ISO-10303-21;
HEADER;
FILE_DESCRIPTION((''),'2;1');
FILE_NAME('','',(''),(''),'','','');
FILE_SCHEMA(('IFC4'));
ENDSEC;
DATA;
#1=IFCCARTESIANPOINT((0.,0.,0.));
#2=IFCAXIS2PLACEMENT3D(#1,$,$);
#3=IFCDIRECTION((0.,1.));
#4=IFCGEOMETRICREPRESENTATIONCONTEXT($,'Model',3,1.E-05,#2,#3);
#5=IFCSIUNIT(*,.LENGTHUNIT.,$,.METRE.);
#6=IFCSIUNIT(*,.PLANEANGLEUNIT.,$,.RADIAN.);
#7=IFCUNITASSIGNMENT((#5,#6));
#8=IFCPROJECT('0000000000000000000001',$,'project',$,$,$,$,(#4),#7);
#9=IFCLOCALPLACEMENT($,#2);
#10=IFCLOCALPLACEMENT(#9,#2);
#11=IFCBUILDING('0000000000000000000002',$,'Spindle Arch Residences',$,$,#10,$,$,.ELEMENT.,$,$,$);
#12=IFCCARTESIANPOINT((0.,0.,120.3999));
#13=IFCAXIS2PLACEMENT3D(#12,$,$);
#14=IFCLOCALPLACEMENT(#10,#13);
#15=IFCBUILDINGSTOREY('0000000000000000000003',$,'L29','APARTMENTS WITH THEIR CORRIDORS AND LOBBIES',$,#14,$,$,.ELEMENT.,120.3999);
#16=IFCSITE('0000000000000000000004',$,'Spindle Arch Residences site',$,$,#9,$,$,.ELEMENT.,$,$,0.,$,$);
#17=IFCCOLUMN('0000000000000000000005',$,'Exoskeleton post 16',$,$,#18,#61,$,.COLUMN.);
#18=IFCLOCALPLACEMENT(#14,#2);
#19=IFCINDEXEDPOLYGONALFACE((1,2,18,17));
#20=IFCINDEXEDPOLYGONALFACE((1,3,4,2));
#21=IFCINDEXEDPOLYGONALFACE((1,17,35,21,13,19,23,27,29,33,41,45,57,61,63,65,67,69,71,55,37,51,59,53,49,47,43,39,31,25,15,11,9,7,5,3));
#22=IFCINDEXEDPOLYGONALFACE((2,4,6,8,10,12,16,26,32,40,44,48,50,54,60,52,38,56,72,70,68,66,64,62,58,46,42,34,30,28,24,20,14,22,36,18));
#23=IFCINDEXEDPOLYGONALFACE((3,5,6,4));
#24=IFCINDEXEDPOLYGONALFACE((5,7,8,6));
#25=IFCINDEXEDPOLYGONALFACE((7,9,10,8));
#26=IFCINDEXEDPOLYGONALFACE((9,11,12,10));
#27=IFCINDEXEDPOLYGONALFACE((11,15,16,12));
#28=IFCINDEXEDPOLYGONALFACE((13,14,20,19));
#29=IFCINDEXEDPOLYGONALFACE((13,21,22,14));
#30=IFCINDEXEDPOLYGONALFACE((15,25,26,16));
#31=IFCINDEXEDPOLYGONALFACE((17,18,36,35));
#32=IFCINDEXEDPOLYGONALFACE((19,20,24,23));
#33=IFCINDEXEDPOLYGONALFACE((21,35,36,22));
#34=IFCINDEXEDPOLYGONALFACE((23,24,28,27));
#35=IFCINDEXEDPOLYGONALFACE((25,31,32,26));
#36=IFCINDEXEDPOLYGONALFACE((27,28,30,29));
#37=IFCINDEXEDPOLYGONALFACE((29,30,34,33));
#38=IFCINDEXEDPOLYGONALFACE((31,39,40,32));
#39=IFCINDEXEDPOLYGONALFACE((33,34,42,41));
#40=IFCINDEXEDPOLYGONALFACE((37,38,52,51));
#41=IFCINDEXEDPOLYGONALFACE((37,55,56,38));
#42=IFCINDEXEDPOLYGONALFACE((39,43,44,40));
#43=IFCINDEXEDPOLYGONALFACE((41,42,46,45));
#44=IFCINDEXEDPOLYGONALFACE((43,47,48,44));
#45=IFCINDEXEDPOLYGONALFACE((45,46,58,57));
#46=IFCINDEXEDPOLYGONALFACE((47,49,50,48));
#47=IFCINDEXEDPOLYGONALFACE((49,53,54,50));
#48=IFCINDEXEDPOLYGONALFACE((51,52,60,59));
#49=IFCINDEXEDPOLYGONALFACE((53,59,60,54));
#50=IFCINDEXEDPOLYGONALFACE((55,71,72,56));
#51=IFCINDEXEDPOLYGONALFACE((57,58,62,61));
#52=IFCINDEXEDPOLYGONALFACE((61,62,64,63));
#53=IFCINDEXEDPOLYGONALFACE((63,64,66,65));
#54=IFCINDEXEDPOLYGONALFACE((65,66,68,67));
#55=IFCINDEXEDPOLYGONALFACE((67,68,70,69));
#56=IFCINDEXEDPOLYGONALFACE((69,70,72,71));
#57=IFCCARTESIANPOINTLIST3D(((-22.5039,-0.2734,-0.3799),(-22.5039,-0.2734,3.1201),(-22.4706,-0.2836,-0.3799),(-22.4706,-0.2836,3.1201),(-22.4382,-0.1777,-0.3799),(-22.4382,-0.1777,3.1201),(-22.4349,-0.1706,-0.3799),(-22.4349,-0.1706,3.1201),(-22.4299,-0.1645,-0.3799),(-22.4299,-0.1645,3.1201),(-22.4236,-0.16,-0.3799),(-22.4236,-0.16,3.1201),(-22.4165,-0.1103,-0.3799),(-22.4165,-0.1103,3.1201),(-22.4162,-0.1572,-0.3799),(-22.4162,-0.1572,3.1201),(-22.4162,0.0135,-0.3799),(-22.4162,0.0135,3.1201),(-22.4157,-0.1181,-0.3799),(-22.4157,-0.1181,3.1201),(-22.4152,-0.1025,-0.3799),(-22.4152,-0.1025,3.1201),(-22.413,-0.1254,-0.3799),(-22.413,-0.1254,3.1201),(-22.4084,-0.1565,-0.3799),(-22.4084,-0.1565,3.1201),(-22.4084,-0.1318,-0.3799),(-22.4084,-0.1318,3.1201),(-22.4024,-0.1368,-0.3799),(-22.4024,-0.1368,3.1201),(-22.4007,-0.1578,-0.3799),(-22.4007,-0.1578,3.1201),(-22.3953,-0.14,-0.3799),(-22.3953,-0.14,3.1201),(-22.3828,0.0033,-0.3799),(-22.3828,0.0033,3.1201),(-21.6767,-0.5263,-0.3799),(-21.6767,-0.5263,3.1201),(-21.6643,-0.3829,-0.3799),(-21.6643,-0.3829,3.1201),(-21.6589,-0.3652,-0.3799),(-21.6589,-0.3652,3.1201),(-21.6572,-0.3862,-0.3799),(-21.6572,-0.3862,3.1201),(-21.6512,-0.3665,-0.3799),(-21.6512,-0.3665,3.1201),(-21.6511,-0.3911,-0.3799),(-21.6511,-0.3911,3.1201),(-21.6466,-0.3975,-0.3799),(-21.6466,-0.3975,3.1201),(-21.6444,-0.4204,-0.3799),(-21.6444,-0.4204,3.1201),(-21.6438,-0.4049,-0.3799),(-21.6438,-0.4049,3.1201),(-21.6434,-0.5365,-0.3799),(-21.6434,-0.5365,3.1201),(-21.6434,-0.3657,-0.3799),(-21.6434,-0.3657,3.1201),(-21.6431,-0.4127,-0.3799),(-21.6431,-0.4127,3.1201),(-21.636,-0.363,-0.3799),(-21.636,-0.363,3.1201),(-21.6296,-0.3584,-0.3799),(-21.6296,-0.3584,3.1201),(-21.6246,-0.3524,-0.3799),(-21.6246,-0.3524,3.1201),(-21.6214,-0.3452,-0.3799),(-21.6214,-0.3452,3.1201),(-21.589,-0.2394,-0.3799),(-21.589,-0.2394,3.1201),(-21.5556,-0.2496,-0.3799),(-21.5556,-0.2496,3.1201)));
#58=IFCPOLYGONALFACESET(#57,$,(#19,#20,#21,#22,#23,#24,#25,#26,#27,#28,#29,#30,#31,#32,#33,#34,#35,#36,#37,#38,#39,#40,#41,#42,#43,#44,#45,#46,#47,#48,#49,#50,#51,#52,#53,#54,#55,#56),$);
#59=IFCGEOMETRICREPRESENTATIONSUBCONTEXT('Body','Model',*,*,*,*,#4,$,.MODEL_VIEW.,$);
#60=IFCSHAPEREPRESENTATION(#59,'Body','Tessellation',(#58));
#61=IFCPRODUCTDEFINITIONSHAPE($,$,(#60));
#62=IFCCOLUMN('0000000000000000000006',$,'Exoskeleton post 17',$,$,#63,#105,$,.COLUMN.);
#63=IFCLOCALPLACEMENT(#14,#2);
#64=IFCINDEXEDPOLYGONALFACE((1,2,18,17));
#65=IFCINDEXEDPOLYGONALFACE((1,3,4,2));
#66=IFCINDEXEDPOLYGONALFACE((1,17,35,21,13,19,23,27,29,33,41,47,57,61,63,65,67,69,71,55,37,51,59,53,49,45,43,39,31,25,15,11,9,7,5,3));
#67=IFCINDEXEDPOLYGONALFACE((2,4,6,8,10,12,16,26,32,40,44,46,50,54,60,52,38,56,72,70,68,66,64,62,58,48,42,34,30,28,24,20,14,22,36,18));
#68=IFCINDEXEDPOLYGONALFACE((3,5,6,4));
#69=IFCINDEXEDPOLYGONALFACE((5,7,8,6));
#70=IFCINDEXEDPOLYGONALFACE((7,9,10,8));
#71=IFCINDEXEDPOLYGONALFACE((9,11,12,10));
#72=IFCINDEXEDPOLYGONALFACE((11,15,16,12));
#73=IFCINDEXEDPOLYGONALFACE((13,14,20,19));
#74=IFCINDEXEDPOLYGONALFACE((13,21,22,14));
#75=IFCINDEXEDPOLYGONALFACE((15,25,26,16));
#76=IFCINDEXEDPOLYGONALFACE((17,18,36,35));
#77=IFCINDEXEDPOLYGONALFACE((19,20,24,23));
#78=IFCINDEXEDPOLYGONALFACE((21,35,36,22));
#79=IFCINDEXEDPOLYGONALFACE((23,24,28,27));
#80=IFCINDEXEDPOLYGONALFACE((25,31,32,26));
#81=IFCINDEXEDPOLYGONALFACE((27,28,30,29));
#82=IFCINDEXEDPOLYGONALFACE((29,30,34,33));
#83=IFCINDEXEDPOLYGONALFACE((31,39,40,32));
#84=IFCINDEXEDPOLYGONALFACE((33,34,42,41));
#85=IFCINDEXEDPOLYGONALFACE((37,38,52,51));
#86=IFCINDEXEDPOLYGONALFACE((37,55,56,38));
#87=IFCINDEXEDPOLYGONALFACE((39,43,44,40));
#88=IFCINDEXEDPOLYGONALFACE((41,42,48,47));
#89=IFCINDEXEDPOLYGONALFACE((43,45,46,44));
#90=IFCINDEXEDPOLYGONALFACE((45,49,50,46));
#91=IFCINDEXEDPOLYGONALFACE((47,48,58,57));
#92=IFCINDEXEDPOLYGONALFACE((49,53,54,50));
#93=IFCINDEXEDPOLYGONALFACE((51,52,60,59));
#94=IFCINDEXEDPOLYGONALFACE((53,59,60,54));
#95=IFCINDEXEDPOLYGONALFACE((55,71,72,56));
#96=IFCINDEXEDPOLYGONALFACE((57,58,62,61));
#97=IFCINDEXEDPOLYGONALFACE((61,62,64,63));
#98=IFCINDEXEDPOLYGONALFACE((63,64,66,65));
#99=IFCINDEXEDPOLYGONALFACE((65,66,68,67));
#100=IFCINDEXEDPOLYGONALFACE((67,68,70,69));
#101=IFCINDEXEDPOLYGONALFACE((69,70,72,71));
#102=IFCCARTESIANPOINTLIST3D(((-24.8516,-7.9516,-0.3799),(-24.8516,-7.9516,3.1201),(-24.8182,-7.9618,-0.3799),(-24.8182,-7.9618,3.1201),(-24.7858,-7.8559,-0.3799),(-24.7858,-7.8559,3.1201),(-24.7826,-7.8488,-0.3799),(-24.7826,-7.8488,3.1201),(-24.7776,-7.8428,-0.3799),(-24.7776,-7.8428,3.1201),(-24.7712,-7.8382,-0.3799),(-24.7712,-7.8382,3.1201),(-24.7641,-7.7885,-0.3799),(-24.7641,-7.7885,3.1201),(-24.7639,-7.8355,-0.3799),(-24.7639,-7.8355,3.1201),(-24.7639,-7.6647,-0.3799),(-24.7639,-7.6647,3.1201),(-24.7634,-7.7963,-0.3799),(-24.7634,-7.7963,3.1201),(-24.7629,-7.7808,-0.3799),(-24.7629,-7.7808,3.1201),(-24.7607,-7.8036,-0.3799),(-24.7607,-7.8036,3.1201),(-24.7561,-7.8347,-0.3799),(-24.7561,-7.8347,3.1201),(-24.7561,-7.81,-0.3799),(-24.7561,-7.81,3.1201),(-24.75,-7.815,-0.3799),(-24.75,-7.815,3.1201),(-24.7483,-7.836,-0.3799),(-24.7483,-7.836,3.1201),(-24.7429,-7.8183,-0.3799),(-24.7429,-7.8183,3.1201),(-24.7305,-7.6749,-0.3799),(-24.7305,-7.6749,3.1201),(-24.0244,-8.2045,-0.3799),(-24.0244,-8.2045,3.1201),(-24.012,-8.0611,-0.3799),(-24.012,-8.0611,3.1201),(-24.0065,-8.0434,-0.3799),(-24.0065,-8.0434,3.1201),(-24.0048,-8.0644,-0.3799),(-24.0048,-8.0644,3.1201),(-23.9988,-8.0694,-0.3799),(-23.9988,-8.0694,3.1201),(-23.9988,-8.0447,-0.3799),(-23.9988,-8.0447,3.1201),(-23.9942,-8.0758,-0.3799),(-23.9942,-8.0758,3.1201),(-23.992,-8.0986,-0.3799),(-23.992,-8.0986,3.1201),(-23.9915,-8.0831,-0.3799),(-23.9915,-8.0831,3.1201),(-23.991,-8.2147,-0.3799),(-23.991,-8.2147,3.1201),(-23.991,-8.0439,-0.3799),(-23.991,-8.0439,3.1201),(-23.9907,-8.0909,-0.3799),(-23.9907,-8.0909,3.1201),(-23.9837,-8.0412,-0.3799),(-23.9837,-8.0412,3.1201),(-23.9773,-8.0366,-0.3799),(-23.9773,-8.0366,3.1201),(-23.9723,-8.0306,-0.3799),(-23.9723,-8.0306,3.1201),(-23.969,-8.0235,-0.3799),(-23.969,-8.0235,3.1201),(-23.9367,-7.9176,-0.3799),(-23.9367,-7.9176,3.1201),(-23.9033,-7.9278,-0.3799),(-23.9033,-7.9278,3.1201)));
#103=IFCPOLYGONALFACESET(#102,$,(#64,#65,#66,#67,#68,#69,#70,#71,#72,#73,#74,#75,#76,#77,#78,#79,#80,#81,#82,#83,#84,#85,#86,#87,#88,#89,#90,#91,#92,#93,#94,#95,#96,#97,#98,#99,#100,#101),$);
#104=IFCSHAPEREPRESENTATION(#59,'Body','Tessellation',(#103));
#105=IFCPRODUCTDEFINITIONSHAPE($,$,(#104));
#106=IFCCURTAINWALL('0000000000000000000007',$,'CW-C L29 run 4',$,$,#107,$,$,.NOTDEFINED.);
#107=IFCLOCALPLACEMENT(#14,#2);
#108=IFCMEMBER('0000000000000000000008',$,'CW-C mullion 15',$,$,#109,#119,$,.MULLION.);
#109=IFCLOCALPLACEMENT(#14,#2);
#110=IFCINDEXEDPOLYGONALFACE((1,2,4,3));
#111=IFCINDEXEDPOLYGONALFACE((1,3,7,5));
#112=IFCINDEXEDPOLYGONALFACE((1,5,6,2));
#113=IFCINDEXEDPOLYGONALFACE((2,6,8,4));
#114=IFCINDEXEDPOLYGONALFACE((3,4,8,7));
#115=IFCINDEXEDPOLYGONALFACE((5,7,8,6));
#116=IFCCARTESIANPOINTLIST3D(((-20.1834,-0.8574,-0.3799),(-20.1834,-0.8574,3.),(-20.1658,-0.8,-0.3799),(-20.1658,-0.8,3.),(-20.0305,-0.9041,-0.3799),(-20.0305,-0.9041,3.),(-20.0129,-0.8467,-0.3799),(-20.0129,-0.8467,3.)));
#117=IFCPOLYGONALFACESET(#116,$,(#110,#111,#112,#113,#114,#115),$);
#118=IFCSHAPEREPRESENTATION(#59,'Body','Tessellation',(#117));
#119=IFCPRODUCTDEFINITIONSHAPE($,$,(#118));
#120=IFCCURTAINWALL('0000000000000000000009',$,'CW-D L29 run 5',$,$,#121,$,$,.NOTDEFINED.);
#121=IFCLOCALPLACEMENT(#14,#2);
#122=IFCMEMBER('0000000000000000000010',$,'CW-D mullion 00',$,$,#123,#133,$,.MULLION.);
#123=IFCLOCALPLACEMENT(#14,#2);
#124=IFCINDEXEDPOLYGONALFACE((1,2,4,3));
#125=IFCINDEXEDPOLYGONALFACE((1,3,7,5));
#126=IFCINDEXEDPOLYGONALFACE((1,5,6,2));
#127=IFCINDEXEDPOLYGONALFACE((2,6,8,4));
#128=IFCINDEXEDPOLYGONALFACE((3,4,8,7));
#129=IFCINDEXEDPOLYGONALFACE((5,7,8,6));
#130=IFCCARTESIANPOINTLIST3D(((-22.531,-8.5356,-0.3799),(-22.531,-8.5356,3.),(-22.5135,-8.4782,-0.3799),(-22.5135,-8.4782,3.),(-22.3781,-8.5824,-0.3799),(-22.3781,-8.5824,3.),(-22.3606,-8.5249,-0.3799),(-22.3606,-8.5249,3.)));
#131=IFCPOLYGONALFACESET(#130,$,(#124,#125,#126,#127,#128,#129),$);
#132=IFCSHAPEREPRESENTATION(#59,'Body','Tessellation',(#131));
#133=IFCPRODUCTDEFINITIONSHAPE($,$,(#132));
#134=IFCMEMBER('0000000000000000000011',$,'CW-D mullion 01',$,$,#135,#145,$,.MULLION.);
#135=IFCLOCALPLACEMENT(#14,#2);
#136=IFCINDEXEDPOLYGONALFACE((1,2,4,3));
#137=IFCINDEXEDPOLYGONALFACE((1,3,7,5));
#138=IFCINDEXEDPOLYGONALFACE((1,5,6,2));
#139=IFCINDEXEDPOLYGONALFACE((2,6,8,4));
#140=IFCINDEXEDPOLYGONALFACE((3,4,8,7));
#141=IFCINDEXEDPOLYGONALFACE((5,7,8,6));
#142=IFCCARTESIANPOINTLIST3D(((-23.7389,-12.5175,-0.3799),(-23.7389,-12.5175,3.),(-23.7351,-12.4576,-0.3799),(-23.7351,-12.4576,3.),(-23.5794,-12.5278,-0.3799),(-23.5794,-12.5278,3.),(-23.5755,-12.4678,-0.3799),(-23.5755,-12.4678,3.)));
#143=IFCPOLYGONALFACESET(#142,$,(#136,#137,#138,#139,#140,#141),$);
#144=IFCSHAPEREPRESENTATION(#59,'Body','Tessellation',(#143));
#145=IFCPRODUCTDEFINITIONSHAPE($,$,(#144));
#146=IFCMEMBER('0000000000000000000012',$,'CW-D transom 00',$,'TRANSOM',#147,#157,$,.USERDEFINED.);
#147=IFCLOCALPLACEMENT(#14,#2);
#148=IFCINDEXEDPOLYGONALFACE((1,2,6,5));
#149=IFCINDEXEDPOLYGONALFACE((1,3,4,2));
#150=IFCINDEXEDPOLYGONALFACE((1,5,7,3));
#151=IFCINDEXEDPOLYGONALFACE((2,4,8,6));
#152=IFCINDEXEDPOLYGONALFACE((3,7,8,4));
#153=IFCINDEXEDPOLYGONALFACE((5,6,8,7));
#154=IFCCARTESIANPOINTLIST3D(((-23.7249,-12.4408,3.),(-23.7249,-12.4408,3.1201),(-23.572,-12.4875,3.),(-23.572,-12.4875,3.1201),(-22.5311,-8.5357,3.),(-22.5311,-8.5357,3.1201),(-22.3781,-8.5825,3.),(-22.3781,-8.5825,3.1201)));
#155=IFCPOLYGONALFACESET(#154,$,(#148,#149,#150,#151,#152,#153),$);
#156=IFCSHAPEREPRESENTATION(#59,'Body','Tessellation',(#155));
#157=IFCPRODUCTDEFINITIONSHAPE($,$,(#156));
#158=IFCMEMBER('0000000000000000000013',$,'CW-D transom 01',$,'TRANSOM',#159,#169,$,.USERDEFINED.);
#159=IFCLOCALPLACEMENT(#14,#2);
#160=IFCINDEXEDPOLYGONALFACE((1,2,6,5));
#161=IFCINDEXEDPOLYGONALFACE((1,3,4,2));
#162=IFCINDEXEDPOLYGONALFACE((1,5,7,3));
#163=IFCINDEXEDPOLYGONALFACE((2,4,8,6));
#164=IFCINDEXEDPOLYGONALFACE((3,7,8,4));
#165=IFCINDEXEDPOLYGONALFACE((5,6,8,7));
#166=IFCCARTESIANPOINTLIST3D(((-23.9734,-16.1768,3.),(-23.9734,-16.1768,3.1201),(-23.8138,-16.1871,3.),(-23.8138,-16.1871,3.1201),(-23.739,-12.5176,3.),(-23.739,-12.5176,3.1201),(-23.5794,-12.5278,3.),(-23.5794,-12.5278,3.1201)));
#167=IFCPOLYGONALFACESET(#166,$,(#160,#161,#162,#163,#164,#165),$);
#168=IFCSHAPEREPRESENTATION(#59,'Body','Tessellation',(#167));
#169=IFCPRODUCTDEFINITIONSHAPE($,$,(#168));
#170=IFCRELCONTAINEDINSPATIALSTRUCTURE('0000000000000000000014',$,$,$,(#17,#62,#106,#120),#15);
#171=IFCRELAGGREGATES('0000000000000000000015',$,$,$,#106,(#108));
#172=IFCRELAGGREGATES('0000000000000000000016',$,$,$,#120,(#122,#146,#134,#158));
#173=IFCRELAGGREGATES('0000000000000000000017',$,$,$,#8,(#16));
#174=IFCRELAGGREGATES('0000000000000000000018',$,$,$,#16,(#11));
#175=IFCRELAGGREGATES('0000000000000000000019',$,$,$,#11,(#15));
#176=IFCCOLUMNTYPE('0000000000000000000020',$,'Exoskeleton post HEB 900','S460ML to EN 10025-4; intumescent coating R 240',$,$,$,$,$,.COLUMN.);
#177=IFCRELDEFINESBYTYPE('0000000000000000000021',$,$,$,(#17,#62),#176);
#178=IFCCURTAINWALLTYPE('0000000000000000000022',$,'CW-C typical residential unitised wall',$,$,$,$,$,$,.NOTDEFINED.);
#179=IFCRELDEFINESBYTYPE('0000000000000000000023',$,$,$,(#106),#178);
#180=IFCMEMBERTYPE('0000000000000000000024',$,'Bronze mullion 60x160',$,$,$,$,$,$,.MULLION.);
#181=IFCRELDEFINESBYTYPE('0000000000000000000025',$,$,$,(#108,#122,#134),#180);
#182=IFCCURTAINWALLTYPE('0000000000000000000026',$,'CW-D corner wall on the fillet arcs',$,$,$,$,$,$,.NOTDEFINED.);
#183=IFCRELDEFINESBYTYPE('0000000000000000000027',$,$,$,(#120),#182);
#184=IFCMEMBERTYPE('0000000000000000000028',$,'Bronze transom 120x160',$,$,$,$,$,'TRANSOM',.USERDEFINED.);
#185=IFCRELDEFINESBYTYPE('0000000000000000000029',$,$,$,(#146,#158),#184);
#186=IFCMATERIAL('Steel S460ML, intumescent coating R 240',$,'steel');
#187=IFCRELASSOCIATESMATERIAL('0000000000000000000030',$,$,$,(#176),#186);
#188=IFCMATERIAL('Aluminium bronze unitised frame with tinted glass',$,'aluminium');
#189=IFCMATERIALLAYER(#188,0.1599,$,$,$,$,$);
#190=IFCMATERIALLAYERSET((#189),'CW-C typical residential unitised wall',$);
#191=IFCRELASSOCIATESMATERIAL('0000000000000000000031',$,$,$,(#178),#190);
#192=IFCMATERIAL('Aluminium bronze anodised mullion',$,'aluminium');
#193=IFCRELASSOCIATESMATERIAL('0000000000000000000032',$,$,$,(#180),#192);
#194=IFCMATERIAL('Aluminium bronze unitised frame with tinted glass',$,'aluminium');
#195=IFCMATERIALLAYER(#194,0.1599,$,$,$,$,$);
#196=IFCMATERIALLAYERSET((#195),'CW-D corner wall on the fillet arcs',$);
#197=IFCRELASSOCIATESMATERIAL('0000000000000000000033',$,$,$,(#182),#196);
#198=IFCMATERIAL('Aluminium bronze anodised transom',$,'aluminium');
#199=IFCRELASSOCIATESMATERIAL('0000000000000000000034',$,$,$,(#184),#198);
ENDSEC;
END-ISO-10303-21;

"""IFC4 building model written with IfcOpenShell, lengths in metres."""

from ifc_helpers import new_model, si_unit, direction, frame, origin, origin_2d, place, context, subcontext, project, spatial, rectangle, i_section, extrude, material, layer, layer_set, material_profile, profile_set, type_object, element, aggregate, save


model = new_model("IFC4")

# Units and contexts
model_context = context("Model", 3, precision=1e-05, world=origin(), true_north=direction((0.0, 1.0)))
body_context = subcontext(model_context, "Body", "Model", "MODEL_VIEW")
ifc_project = project(units=[si_unit("LENGTHUNIT", "METRE"), si_unit("PLANEANGLEUNIT", "RADIAN")], contexts=[model_context])

# Site, building, storey
site_placement = place(None, origin())
site = spatial("IfcSite", under=ifc_project, at=site_placement, Name="Spindle Arch Residences site", CompositionType="ELEMENT", RefElevation=0.0)
building_placement = place(site_placement, origin())
building = spatial("IfcBuilding", under=site, at=building_placement, Name="Spindle Arch Residences", CompositionType="ELEMENT")
storey_placement = place(building_placement, frame((0.0, 0.0, 120.3999)))
storey = spatial("IfcBuildingStorey", under=building, at=storey_placement, Name="L29", Description="APARTMENTS WITH THEIR CORRIDORS AND LOBBIES", CompositionType="ELEMENT", Elevation=120.3999)

# Columns
ifc_material_1 = material(Name="Steel S460ML, intumescent coating R 240", Category="steel")
ifc_material_profile_1 = material_profile(ifc_material_1, i_section(OverallWidth=0.3, OverallDepth=0.8999, WebThickness=0.0186, FlangeThickness=0.0349, FilletRadius=0.03, at=origin_2d()), Name="HEB 900")
ifc_profile_set_1 = profile_set([ifc_material_profile_1], Name="Steel S460ML, intumescent coating R 240")
column_type = type_object("IfcColumnType", Name="Exoskeleton post HEB 900", Description="S460ML to EN 10025-4; intumescent coating R 240", PredefinedType="COLUMN", material=ifc_profile_set_1)
for number, where, z_axis, x_axis, name in (
    (1, (-22.0298, -0.2615, -0.3799), (0.0, 0.0, 1.0), (0.292372, 0.956305, 0.0), "Exoskeleton post 16"),
    (2, (-24.3774, -7.9397, -0.3799), (0.0, 0.0, 1.0), (0.292372, 0.956305, 0.0), "Exoskeleton post 17"),
):
    element("IfcColumn", number, at=place(storey_placement, frame(where, z_axis=z_axis, x_axis=x_axis)), inside=storey, type_object=column_type, Name=name, PredefinedType="COLUMN", context=body_context, shape_type="SweptSolid", body=[
        extrude(i_section(OverallWidth=0.3, OverallDepth=0.8999, WebThickness=0.0186, FlangeThickness=0.0349, FilletRadius=0.03, at=origin_2d()), origin(), (0.0, 0.0, 1.0), 3.5),
    ])

# Curtain wall, member
ifc_material_2 = material(Name="Aluminium bronze unitised frame with tinted glass", Category="aluminium")
ifc_layer_1 = layer(ifc_material_2, 0.1599)
ifc_layer_set_1 = layer_set([ifc_layer_1], Name="CW-C typical residential unitised wall")
curtain_wall_type_1 = type_object("IfcCurtainWallType", Name="CW-C typical residential unitised wall", PredefinedType="NOTDEFINED", material=ifc_layer_set_1)
curtain_wall_1_placement = place(storey_placement, origin())
curtain_wall_1 = element("IfcCurtainWall", 3, at=curtain_wall_1_placement, inside=storey, type_object=curtain_wall_type_1, Name="CW-C L29 run 4", PredefinedType="NOTDEFINED")
ifc_material_3 = material(Name="Aluminium bronze anodised mullion", Category="aluminium")
ifc_material_profile_2 = material_profile(ifc_material_3, rectangle(XDim=0.1599, YDim=0.0601, at=origin_2d()), Name="MU 60x160")
ifc_profile_set_2 = profile_set([ifc_material_profile_2], Name="Aluminium bronze anodised mullion")
member_type_1 = type_object("IfcMemberType", Name="Bronze mullion 60x160", PredefinedType="MULLION", material=ifc_profile_set_2)
member_1_placement = place(storey_placement, frame((-20.0981, -0.8521, -0.3799), z_axis=(0.0, 0.0, 1.0), x_axis=(0.956305, -0.292372, 0.0)))
member_1 = element("IfcMember", 4, at=member_1_placement, type_object=member_type_1, Name="CW-C mullion 15", PredefinedType="MULLION", context=body_context, shape_type="SweptSolid", body=[
    extrude(rectangle(XDim=0.1599, YDim=0.0601, at=origin_2d()), origin(), (0.0, 0.0, 1.0), 3.3799),
])

# Curtain wall, members
ifc_material_4 = material(Name="Aluminium bronze unitised frame with tinted glass", Category="aluminium")
ifc_layer_2 = layer(ifc_material_4, 0.1599)
ifc_layer_set_2 = layer_set([ifc_layer_2], Name="CW-D corner wall on the fillet arcs")
curtain_wall_type_2 = type_object("IfcCurtainWallType", Name="CW-D corner wall on the fillet arcs", PredefinedType="NOTDEFINED", material=ifc_layer_set_2)
curtain_wall_2_placement = place(storey_placement, origin())
curtain_wall_2 = element("IfcCurtainWall", 5, at=curtain_wall_2_placement, inside=storey, type_object=curtain_wall_type_2, Name="CW-D L29 run 5", PredefinedType="NOTDEFINED")
member_2_placement = place(storey_placement, frame((-22.4458, -8.5303, -0.3799), z_axis=(0.0, 0.0, 1.0), x_axis=(0.956305, -0.292372, 0.0)))
member_2 = element("IfcMember", 6, at=member_2_placement, type_object=member_type_1, Name="CW-D mullion 00", PredefinedType="MULLION", context=body_context, shape_type="SweptSolid", body=[
    extrude(rectangle(XDim=0.1599, YDim=0.0601, at=origin_2d()), origin(), (0.0, 0.0, 1.0), 3.3799),
])
member_3_placement = place(storey_placement, frame((-23.6572, -12.4927, -0.3799), z_axis=(0.0, 0.0, 1.0), x_axis=(0.997953, -0.063952, 0.0)))
member_3 = element("IfcMember", 7, at=member_3_placement, type_object=member_type_1, Name="CW-D mullion 01", PredefinedType="MULLION", context=body_context, shape_type="SweptSolid", body=[
    extrude(rectangle(XDim=0.1599, YDim=0.0601, at=origin_2d()), origin(), (0.0, 0.0, 1.0), 3.3799),
])
ifc_material_5 = material(Name="Aluminium bronze anodised transom", Category="aluminium")
ifc_material_profile_3 = material_profile(ifc_material_5, rectangle(XDim=0.1599, YDim=0.1201, at=origin_2d()), Name="TR 120x160")
ifc_profile_set_3 = profile_set([ifc_material_profile_3], Name="Aluminium bronze anodised transom")
member_type_2 = type_object("IfcMemberType", Name="Bronze transom 120x160", ElementType="TRANSOM", PredefinedType="USERDEFINED", material=ifc_profile_set_3)
member_4_placement = place(storey_placement, frame((-22.4546, -8.5591, 3.0601), z_axis=(-0.292363, -0.956307, 0.0), x_axis=(0.956307, -0.292363, 0.0)))
member_4 = element("IfcMember", 8, at=member_4_placement, type_object=member_type_2, Name="CW-D transom 00", ObjectType="TRANSOM", PredefinedType="USERDEFINED", context=body_context, shape_type="SweptSolid", body=[
    extrude(rectangle(XDim=0.1599, YDim=0.1201, at=origin_2d()), origin(), (0.0, 0.0, 1.0), 4.0835),
])
member_5_placement = place(storey_placement, frame((-23.6592, -12.5227, 3.0601), z_axis=(-0.06392, -0.997955, 0.0), x_axis=(0.997955, -0.06392, 0.0)))
member_5 = element("IfcMember", 9, at=member_5_placement, type_object=member_type_2, Name="CW-D transom 01", ObjectType="TRANSOM", PredefinedType="USERDEFINED", context=body_context, shape_type="SweptSolid", body=[
    extrude(rectangle(XDim=0.1599, YDim=0.1201, at=origin_2d()), origin(), (0.0, 0.0, 1.0), 3.6667),
])

aggregate(curtain_wall_1, [member_1])
aggregate(curtain_wall_2, [member_2, member_4, member_3, member_5])

save(model, "model.ifc")
